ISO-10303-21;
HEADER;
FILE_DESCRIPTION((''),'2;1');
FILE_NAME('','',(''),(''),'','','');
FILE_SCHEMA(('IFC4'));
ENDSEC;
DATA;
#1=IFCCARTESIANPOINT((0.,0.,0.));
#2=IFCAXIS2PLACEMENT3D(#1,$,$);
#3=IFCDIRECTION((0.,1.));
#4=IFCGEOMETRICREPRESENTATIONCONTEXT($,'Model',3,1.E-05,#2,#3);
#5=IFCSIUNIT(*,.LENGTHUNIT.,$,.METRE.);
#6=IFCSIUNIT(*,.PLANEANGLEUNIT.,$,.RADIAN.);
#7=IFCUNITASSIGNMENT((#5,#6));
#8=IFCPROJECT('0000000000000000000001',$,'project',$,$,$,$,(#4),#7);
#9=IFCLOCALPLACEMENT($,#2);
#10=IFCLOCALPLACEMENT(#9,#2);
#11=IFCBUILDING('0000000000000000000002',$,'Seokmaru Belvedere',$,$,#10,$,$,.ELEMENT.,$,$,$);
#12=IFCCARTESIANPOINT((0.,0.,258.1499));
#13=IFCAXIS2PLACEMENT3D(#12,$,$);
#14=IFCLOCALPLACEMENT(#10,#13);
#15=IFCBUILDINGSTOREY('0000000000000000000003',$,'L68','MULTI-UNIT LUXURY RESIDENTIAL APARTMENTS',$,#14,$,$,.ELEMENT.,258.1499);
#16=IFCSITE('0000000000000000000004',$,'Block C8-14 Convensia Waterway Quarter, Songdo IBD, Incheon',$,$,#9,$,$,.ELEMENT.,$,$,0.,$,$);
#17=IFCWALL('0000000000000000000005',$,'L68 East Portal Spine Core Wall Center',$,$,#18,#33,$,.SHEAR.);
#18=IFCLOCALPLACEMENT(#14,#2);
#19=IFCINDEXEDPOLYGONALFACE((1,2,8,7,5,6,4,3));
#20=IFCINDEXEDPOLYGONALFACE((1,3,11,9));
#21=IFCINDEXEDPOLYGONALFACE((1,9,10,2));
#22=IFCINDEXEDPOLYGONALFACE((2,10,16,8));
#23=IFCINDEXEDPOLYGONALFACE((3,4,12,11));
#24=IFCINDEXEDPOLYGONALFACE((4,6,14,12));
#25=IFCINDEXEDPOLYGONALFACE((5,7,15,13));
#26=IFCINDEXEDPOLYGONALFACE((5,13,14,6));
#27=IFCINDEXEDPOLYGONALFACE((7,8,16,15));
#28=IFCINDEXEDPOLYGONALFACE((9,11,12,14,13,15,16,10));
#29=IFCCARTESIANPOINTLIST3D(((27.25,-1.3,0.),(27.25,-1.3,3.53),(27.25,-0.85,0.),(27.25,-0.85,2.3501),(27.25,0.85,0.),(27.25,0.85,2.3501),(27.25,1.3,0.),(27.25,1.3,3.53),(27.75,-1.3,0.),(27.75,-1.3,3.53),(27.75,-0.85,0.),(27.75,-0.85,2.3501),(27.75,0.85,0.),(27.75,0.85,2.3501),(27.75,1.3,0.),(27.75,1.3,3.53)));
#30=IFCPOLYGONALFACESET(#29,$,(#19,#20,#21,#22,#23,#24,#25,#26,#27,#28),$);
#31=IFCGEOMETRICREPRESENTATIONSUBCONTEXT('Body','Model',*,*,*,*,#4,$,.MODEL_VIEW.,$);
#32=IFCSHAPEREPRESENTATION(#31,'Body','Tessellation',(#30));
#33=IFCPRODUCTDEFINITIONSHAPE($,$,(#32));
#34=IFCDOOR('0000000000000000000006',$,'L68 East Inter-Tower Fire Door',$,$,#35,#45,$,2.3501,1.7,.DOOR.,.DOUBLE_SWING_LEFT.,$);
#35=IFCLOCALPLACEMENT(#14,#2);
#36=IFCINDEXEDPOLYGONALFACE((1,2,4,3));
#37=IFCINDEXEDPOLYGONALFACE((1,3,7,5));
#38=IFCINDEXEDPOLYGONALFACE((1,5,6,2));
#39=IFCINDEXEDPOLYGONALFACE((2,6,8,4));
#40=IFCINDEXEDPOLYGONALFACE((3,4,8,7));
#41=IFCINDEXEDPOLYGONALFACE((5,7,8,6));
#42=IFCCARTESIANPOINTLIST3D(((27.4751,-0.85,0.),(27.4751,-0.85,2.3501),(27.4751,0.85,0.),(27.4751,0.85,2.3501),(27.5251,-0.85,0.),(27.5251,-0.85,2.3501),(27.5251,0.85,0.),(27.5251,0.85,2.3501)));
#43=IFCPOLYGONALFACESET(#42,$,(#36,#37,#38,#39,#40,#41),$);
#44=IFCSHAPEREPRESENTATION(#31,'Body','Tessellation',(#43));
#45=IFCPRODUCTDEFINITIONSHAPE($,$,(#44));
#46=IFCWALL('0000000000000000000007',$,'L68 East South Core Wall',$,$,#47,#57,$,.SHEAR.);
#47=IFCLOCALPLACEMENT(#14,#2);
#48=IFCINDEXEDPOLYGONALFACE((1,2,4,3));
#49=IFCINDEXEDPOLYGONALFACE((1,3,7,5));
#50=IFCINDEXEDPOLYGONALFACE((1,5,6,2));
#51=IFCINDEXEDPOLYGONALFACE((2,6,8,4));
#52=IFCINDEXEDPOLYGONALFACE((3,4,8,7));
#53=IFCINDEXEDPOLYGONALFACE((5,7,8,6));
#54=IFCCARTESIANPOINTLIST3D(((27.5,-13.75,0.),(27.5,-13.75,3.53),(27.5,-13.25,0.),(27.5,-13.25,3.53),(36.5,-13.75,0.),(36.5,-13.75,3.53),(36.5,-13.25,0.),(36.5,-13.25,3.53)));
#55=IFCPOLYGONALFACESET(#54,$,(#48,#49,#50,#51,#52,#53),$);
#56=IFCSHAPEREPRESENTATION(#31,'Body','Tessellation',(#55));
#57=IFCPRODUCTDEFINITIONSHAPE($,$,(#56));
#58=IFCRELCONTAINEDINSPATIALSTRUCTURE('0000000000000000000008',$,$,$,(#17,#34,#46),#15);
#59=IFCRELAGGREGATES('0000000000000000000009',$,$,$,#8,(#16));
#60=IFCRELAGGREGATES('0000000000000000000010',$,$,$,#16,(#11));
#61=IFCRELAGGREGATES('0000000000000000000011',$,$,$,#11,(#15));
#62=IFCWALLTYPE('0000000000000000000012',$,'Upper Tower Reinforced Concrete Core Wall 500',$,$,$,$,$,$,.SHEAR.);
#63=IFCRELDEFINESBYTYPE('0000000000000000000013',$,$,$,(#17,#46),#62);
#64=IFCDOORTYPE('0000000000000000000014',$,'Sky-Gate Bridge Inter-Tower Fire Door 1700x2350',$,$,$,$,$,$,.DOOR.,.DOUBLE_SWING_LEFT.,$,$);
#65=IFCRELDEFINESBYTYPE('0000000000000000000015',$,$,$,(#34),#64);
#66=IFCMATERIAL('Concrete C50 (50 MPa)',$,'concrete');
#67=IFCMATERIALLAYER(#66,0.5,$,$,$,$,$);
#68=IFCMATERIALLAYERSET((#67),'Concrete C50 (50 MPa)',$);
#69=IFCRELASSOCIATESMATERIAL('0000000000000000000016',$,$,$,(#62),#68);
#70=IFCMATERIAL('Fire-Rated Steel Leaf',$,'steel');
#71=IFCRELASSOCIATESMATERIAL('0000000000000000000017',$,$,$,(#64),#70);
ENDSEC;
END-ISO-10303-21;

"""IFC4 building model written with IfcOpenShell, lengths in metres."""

from ifc_helpers import new_model, si_unit, direction, frame, frame_2d, origin, place, context, subcontext, project, spatial, rectangle, extrude, source, transform, mapped, material, layer, layer_set, type_object, type_shapes, element, fill, save


model = new_model("IFC4")

# Units and contexts
model_context = context("Model", 3, precision=1e-05, world=origin(), true_north=direction((0.0, 1.0)))
body_context = subcontext(model_context, "Body", "Model", "MODEL_VIEW")
ifc_project = project(units=[si_unit("LENGTHUNIT", "METRE"), si_unit("PLANEANGLEUNIT", "RADIAN")], contexts=[model_context])

# Site, building, storey
site_placement = place(None, origin())
site = spatial("IfcSite", under=ifc_project, at=site_placement, Name="Block C8-14 Convensia Waterway Quarter, Songdo IBD, Incheon", CompositionType="ELEMENT", RefElevation=0.0)
building_placement = place(site_placement, origin())
building = spatial("IfcBuilding", under=site, at=building_placement, Name="Seokmaru Belvedere", CompositionType="ELEMENT")
storey_placement = place(building_placement, frame((0.0, 0.0, 258.1499)))
storey = spatial("IfcBuildingStorey", under=building, at=storey_placement, Name="L68", Description="MULTI-UNIT LUXURY RESIDENTIAL APARTMENTS", CompositionType="ELEMENT", Elevation=258.1499)

# Shared definitions
ifc_material_1 = material(Name="Fire-Rated Steel Leaf", Category="steel")

# Shared definitions
ifc_material_2 = material(Name="Concrete C50 (50 MPa)", Category="concrete")

# Shared definitions
ifc_layer_1 = layer(ifc_material_2, 0.5)
ifc_layer_set_1 = layer_set([ifc_layer_1], Name="Concrete C50 (50 MPa)")
wall_type_1 = type_object("IfcWallType", Name="Upper Tower Reinforced Concrete Core Wall 500", PredefinedType="SHEAR", material=ifc_layer_set_1)

# Wall, opening, door
wall_1_placement = place(storey_placement, frame((27.5, -1.3, 0.0), z_axis=(0.0, 0.0, 1.0), x_axis=(0.0, 1.0, 0.0)))
wall_1 = element("IfcWall", 1, at=wall_1_placement, inside=storey, type_object=wall_type_1, Name="L68 East Portal Spine Core Wall Center", PredefinedType="SHEAR", context=body_context, shape_type="SweptSolid", body=[
    extrude(rectangle(XDim=2.6001, YDim=0.5, at=frame_2d((1.3, 0.0))), origin(), (0.0, 0.0, 1.0), 3.53),
])
opening_1_placement = place(wall_1_placement, frame((0.45, 0.0, 0.0)))
opening_1 = element("IfcOpeningElement", 2, at=opening_1_placement, cuts=wall_1, PredefinedType="OPENING", context=body_context, shape_type="SweptSolid", body=[
    extrude(rectangle(XDim=1.7, YDim=2.3501, at=frame_2d((0.8501, 1.175))), frame((0.0, 0.26, 0.0), z_axis=(0.0, -1.0, 0.0), x_axis=(1.0, 0.0, 0.0)), (0.0, 0.0, 1.0), 0.52),
])
door_type_1 = type_object("IfcDoorType", Name="Sky-Gate Bridge Inter-Tower Fire Door 1700x2350", OperationType="DOUBLE_SWING_LEFT", PredefinedType="DOOR", material=ifc_material_1)
shared_shape_1 = source(origin(), body_context, "Body", "SweptSolid", [
    extrude(rectangle(XDim=1.7, YDim=2.3501, at=frame_2d((0.8501, 1.175))), frame((0.0, 0.0249, 0.0), z_axis=(0.0, -1.0, 0.0), x_axis=(1.0, 0.0, 0.0)), (0.0, 0.0, 1.0), 0.05),
])
type_shapes(door_type_1, [shared_shape_1])
door_1_placement = place(opening_1_placement, origin())
door_1 = element("IfcDoor", 3, at=door_1_placement, inside=storey, type_object=door_type_1, Name="L68 East Inter-Tower Fire Door", OperationType="DOUBLE_SWING_LEFT", OverallHeight=2.3501, OverallWidth=1.7, PredefinedType="DOOR", context=body_context, shape_type="MappedRepresentation", body=[
    mapped(shared_shape_1, transform((0.0, 0.0, 0.0), scale=1.0)),
])
fill(opening_1, door_1)

# Wall
wall_2_placement = place(storey_placement, frame((27.5, -13.5, 0.0), z_axis=(0.0, 0.0, 1.0), x_axis=(1.0, 0.0, 0.0)))
element("IfcWall", 4, at=wall_2_placement, inside=storey, type_object=wall_type_1, Name="L68 East South Core Wall", PredefinedType="SHEAR", context=body_context, shape_type="SweptSolid", body=[
    extrude(rectangle(XDim=9.0, YDim=0.5, at=frame_2d((4.5, 0.0))), origin(), (0.0, 0.0, 1.0), 3.53),
])

save(model, "model.ifc")
